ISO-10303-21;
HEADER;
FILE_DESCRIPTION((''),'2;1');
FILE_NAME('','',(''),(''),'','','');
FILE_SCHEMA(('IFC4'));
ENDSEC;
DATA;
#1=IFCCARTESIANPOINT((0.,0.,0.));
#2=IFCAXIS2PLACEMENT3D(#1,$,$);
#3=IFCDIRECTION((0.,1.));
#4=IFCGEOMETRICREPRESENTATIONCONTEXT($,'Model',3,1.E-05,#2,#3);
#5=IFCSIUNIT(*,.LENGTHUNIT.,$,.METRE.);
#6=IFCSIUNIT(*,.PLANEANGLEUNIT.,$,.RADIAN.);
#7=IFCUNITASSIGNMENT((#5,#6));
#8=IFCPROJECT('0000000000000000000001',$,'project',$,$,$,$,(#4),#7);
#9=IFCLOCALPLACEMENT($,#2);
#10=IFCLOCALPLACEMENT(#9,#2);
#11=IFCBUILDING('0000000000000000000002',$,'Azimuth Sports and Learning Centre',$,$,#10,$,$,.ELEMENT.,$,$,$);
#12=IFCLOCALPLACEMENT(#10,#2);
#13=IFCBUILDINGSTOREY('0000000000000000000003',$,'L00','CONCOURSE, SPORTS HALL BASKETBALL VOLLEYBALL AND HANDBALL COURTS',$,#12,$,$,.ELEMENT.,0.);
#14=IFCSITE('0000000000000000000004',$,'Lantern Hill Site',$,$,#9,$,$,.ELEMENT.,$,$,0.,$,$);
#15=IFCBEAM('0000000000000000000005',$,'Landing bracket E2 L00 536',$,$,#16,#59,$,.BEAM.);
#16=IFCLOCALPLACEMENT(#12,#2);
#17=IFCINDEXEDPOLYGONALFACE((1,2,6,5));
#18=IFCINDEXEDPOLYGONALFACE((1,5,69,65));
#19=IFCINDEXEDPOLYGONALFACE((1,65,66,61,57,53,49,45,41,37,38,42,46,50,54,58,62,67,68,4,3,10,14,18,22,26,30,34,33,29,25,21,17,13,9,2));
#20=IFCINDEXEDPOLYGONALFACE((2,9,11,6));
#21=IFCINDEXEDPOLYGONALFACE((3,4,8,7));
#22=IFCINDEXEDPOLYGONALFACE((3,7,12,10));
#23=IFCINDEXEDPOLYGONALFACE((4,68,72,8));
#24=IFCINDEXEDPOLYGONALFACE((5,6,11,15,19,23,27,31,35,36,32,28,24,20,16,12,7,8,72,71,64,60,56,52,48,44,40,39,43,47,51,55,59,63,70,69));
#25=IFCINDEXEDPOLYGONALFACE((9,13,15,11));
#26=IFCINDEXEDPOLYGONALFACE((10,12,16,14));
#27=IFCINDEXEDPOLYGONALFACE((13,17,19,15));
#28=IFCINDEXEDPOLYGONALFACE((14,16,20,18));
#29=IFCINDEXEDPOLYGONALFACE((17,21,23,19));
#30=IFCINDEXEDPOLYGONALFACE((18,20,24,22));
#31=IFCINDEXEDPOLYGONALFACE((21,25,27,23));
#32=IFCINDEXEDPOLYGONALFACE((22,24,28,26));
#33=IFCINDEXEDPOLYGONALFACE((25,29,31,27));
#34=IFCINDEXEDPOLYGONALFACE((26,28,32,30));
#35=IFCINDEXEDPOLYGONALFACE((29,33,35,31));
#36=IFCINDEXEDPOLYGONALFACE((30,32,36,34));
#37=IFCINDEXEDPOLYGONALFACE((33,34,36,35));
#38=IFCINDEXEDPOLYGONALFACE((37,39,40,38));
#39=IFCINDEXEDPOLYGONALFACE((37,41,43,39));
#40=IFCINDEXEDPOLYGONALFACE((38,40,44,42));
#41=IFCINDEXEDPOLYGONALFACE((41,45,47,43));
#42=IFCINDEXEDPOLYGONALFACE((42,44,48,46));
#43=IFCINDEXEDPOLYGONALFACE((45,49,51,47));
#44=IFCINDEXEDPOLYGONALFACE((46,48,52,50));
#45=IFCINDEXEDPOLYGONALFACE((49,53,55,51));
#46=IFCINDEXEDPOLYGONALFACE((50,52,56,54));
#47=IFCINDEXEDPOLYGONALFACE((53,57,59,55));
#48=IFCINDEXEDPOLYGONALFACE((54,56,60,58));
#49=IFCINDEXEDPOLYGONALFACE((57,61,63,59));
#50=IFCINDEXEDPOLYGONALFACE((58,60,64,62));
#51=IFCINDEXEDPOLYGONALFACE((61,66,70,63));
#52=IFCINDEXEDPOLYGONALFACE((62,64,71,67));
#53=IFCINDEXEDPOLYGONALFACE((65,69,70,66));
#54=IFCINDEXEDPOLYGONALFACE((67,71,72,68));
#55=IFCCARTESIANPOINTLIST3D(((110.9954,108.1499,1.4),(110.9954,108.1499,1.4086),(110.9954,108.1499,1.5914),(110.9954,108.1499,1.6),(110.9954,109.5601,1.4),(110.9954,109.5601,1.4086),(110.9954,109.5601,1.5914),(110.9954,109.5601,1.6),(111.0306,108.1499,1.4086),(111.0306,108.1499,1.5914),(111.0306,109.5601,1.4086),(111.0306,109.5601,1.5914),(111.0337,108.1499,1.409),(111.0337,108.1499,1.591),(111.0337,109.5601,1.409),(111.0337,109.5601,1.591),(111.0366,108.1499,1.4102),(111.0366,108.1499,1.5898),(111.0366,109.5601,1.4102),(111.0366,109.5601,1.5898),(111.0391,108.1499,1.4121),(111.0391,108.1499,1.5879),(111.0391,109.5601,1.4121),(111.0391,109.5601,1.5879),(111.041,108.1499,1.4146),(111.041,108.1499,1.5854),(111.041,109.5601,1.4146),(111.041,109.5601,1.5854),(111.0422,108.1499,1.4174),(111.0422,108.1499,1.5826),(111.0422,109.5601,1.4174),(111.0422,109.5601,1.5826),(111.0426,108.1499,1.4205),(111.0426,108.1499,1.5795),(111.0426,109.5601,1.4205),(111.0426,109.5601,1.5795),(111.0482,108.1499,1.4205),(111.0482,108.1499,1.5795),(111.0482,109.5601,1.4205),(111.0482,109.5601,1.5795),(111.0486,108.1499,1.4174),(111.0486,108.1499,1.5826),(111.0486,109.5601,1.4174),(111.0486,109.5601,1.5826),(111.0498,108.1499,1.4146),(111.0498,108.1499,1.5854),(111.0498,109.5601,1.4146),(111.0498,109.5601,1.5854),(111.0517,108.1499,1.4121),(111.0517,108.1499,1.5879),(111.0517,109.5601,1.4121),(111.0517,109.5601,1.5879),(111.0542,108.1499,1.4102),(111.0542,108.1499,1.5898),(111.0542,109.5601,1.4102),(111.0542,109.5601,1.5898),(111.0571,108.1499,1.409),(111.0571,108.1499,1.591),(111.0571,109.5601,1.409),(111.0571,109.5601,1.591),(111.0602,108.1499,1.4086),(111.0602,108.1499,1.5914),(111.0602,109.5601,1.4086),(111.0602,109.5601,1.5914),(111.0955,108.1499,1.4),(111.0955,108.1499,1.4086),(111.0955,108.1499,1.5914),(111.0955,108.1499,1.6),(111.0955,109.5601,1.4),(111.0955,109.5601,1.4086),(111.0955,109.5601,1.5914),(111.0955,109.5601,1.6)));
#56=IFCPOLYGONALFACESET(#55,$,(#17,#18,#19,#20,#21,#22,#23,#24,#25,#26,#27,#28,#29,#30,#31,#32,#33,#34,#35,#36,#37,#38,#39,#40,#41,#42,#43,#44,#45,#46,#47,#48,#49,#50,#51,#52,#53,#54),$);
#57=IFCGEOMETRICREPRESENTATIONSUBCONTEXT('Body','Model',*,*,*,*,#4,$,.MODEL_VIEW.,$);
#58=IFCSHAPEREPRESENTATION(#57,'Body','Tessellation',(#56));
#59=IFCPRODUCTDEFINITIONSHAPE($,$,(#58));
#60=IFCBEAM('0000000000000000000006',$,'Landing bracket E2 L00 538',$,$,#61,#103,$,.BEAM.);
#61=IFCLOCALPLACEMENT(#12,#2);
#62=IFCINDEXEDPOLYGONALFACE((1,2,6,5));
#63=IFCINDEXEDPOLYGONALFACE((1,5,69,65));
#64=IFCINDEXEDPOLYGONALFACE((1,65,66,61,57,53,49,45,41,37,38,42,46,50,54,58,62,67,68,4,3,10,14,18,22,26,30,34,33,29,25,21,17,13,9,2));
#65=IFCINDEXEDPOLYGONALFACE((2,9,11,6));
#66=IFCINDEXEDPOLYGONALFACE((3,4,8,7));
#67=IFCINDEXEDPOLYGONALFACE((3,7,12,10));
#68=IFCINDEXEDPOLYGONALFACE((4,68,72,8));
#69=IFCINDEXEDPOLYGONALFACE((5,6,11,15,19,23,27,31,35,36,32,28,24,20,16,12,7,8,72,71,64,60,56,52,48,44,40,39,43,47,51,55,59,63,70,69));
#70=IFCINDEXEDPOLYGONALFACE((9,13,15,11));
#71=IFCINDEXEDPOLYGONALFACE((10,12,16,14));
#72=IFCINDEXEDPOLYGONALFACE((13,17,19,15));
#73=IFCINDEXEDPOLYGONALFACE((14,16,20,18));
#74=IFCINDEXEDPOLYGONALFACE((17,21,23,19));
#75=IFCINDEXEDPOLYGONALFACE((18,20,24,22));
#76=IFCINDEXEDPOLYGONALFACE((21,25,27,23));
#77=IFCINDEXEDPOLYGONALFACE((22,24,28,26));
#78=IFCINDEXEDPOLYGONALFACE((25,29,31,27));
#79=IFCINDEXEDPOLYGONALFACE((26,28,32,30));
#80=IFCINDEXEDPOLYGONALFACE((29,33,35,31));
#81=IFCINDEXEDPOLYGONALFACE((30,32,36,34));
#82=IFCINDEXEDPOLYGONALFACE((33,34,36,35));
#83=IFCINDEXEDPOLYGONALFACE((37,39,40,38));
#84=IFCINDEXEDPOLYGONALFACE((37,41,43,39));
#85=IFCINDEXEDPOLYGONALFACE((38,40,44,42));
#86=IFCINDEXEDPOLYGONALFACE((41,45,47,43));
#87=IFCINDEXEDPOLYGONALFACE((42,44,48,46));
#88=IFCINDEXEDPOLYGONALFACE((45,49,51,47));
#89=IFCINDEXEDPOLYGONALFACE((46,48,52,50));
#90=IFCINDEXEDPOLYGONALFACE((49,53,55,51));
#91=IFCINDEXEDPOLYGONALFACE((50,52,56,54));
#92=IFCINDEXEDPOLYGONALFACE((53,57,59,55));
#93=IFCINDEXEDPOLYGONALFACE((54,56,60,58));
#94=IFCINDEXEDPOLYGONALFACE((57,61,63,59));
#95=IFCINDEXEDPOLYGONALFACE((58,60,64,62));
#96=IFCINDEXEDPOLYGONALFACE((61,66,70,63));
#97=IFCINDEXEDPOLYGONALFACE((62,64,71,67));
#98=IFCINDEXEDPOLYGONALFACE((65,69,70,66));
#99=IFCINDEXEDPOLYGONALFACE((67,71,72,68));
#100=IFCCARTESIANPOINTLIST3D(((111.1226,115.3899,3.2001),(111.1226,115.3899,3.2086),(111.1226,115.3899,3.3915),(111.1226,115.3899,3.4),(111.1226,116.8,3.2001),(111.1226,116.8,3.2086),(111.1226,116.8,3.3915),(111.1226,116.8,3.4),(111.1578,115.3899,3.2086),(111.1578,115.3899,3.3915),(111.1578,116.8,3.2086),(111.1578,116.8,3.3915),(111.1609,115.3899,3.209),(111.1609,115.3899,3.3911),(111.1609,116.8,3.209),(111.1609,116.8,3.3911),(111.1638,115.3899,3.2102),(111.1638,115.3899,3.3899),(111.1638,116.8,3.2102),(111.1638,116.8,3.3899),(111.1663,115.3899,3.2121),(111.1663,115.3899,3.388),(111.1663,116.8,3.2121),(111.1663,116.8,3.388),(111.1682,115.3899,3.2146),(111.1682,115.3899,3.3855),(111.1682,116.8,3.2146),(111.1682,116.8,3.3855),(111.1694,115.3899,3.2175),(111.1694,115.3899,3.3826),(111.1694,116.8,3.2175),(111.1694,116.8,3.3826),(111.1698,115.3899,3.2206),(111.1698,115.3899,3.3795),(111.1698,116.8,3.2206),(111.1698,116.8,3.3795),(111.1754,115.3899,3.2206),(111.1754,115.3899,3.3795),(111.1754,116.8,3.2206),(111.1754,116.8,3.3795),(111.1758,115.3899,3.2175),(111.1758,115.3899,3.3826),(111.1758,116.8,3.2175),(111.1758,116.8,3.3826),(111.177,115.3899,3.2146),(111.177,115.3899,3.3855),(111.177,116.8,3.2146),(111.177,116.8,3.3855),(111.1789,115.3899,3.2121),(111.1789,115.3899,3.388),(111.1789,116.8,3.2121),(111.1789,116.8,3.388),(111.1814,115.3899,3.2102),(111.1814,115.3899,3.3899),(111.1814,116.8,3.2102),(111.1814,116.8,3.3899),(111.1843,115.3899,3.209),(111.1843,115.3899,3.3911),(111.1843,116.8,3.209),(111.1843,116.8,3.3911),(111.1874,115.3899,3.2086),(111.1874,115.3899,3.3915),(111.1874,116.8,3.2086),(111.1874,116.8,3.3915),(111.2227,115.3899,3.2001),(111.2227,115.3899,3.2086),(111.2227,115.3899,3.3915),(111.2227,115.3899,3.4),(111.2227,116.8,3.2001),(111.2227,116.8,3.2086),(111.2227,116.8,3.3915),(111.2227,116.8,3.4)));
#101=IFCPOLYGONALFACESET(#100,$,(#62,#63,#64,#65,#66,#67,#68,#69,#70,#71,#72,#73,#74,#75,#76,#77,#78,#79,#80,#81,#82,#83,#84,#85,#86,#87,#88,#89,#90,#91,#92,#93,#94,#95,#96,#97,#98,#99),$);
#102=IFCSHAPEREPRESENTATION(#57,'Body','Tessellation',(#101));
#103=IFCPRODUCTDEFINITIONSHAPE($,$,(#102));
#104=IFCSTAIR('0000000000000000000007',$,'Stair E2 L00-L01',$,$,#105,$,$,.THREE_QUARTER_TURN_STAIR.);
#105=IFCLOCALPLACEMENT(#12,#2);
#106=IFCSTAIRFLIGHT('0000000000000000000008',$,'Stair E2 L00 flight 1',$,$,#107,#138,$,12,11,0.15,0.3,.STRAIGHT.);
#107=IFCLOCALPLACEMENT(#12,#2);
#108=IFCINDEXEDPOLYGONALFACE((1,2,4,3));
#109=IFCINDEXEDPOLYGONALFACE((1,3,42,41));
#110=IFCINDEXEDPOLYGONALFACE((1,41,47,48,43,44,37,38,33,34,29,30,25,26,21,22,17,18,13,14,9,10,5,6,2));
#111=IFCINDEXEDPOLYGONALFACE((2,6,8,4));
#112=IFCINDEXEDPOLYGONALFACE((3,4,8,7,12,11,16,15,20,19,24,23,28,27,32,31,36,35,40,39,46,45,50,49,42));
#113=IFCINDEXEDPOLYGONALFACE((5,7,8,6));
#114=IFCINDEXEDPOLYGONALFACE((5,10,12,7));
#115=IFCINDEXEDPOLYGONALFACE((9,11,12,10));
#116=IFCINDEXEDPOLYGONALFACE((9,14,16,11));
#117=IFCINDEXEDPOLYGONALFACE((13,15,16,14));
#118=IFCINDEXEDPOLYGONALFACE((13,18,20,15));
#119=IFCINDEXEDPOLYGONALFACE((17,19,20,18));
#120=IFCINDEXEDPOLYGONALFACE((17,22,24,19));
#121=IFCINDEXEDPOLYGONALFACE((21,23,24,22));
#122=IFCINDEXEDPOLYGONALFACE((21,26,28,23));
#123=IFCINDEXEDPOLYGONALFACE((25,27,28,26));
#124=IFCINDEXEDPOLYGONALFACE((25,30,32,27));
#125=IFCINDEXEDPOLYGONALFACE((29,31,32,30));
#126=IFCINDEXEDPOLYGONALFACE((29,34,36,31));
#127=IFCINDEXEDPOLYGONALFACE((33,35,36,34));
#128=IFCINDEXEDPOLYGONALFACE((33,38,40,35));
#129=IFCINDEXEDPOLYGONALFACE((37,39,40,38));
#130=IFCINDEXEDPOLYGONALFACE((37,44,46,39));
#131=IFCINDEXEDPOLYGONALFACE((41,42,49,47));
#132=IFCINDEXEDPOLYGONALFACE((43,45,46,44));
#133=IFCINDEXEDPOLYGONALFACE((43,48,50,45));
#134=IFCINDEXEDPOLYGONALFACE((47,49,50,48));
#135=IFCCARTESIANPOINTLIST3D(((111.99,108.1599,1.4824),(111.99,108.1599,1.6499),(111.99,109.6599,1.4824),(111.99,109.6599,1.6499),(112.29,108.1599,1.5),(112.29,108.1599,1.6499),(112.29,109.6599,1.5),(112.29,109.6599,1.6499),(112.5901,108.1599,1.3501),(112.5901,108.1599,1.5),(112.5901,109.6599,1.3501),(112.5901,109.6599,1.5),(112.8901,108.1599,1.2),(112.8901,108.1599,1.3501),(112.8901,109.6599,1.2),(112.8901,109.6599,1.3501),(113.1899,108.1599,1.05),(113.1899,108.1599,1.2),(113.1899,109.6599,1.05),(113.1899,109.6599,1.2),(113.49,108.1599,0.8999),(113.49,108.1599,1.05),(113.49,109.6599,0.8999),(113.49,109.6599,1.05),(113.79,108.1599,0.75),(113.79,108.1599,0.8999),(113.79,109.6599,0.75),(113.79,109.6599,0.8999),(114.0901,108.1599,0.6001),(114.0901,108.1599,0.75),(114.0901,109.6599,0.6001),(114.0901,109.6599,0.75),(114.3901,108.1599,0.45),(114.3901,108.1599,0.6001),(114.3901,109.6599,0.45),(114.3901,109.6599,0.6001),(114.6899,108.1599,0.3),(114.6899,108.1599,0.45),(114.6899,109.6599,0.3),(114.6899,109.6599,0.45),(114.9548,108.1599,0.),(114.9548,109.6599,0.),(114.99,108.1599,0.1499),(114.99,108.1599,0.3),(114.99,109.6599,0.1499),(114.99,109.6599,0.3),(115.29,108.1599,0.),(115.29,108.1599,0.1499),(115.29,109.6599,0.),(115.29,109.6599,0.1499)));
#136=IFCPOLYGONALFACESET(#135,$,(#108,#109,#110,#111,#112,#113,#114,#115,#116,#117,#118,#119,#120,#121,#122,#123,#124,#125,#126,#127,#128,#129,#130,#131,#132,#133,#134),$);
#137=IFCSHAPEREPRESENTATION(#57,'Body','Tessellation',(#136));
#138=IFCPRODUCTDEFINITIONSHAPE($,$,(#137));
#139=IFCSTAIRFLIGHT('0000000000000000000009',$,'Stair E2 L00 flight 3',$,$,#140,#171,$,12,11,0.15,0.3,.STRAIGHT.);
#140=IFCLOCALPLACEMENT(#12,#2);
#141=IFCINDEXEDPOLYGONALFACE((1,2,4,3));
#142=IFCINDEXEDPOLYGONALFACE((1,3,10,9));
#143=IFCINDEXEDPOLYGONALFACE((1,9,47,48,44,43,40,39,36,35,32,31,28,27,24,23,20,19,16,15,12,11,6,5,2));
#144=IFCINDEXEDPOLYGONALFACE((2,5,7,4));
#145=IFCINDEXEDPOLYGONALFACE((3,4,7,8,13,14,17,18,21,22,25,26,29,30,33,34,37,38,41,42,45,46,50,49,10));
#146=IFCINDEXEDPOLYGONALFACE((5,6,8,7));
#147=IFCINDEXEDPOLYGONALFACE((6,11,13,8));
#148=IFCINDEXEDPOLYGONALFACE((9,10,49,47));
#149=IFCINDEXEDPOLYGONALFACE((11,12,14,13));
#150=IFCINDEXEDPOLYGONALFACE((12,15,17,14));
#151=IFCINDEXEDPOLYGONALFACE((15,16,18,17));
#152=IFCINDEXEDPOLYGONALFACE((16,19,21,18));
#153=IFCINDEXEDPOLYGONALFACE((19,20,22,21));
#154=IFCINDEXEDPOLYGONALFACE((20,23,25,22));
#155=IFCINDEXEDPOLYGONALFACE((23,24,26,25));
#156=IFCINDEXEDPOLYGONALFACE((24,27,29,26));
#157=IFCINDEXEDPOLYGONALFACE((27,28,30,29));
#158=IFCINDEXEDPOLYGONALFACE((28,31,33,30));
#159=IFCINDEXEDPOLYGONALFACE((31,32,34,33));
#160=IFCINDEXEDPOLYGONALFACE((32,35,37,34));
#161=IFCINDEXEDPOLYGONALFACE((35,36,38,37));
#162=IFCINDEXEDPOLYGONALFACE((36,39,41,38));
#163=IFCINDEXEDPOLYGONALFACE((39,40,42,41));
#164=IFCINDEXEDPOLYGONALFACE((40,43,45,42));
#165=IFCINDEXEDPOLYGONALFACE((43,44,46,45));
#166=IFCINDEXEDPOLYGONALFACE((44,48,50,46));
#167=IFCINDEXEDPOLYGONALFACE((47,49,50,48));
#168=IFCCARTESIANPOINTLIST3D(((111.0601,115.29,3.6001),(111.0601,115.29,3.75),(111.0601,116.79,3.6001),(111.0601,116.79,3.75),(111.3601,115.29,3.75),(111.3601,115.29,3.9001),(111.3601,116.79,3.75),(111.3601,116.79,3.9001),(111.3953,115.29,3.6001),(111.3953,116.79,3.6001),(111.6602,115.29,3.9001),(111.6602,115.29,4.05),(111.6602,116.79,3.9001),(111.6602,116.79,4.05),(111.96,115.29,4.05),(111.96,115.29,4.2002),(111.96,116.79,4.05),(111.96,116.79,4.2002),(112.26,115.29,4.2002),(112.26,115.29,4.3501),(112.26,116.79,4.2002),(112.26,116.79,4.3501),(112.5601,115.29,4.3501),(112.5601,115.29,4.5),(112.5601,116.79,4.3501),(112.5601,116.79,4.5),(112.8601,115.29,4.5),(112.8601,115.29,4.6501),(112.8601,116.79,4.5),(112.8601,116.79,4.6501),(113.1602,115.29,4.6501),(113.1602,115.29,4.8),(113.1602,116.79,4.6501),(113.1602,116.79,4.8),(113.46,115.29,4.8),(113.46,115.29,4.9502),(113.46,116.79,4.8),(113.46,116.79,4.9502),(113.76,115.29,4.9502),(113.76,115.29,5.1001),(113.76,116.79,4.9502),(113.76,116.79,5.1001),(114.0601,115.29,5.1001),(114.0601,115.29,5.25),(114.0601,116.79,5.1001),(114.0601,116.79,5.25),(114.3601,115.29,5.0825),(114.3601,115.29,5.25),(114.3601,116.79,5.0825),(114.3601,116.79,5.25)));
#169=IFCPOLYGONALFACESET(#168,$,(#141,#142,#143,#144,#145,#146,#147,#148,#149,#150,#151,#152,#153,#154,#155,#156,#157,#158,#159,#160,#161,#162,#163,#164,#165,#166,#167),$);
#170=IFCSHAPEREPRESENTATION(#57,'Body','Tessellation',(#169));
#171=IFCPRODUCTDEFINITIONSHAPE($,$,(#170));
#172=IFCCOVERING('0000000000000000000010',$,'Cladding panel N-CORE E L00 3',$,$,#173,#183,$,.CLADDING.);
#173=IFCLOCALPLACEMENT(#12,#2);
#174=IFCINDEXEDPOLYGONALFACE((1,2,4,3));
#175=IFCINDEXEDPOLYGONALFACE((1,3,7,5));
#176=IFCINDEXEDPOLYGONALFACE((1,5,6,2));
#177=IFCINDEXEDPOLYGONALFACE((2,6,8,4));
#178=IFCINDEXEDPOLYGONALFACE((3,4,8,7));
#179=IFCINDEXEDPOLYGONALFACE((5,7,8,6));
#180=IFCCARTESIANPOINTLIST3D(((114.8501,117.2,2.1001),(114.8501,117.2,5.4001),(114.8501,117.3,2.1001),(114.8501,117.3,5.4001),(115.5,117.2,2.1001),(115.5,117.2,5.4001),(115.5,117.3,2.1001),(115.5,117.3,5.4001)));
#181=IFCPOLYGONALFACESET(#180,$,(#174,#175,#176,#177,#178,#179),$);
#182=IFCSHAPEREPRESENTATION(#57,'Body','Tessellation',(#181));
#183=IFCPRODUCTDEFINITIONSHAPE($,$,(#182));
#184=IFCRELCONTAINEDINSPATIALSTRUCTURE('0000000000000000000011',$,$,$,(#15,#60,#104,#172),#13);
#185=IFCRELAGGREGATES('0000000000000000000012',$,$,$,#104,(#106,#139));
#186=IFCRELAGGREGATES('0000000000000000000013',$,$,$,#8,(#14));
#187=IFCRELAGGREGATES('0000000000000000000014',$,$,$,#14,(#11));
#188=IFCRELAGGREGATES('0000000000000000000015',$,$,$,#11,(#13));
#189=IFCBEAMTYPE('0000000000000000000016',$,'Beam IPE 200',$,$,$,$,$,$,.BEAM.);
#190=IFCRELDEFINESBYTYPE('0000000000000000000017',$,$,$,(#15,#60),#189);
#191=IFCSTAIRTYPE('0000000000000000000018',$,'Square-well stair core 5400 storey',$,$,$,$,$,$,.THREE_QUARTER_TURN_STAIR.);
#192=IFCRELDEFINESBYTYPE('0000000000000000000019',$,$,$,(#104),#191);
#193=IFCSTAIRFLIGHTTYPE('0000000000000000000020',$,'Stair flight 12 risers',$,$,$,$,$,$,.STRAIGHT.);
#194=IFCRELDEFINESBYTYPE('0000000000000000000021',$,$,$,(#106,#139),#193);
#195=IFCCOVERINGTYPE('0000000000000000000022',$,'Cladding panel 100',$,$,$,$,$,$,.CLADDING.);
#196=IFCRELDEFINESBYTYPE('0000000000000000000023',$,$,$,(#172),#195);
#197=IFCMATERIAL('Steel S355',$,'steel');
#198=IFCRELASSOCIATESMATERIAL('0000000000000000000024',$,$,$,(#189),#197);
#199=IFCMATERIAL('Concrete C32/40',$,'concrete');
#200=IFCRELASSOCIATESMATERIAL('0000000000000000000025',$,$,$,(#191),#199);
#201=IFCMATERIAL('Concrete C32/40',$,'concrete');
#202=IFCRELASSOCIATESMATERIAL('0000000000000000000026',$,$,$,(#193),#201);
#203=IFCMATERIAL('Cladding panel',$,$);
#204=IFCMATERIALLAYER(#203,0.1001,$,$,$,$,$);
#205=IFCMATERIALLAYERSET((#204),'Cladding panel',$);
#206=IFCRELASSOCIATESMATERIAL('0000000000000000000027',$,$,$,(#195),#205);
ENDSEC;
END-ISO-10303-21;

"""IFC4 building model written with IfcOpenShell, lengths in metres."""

from ifc_helpers import new_model, si_unit, direction, frame, origin, origin_2d, place, context, subcontext, project, spatial, polyline, rectangle, i_section, outline, extrude, material, layer, layer_set, material_profile, profile_set, type_object, element, aggregate, save


model = new_model("IFC4")

# Units and contexts
model_context = context("Model", 3, precision=1e-05, world=origin(), true_north=direction((0.0, 1.0)))
body_context = subcontext(model_context, "Body", "Model", "MODEL_VIEW")
ifc_project = project(units=[si_unit("LENGTHUNIT", "METRE"), si_unit("PLANEANGLEUNIT", "RADIAN")], contexts=[model_context])

# Site, building, storey
site_placement = place(None, origin())
site = spatial("IfcSite", under=ifc_project, at=site_placement, Name="Lantern Hill Site", CompositionType="ELEMENT", RefElevation=0.0)
building_placement = place(site_placement, origin())
building = spatial("IfcBuilding", under=site, at=building_placement, Name="Azimuth Sports and Learning Centre", CompositionType="ELEMENT")
storey_placement = place(building_placement, origin())
storey = spatial("IfcBuildingStorey", under=building, at=storey_placement, Name="L00", Description="CONCOURSE, SPORTS HALL BASKETBALL VOLLEYBALL AND HANDBALL COURTS", CompositionType="ELEMENT", Elevation=0.0)

# Beams
ifc_material_1 = material(Name="Steel S355", Category="steel")
ifc_material_profile_1 = material_profile(ifc_material_1, i_section(OverallWidth=0.1001, OverallDepth=0.2, WebThickness=0.0056, FlangeThickness=0.0085, FilletRadius=0.012, at=origin_2d()), Name="IPE 200")
ifc_profile_set_1 = profile_set([ifc_material_profile_1], Name="Steel S355")
beam_type = type_object("IfcBeamType", Name="Beam IPE 200", PredefinedType="BEAM", material=ifc_profile_set_1)
for number, where, z_axis, x_axis, name in (
    (1, (111.0454, 108.1499, 1.5), (0.0, 1.0, 0.0), (-1.0, 0.0, 0.0), "Landing bracket E2 L00 536"),
    (2, (111.1726, 116.8, 3.3), (0.0, -1.0, 0.0), (1.0, 0.0, 0.0), "Landing bracket E2 L00 538"),
):
    element("IfcBeam", number, at=place(storey_placement, frame(where, z_axis=z_axis, x_axis=x_axis)), inside=storey, type_object=beam_type, Name=name, PredefinedType="BEAM", context=body_context, shape_type="SweptSolid", body=[
        extrude(i_section(OverallWidth=0.1001, OverallDepth=0.2, WebThickness=0.0056, FlangeThickness=0.0085, FilletRadius=0.012, at=origin_2d()), origin(), (0.0, 0.0, 1.0), 1.4102),
    ])

# Stair, stair flights
ifc_material_2 = material(Name="Concrete C32/40", Category="concrete")
stair_type = type_object("IfcStairType", Name="Square-well stair core 5400 storey", PredefinedType="THREE_QUARTER_TURN_STAIR", material=ifc_material_2)
stair_placement = place(storey_placement, origin())
stair = element("IfcStair", 3, at=stair_placement, inside=storey, type_object=stair_type, Name="Stair E2 L00-L01", PredefinedType="THREE_QUARTER_TURN_STAIR")
ifc_material_3 = material(Name="Concrete C32/40", Category="concrete")
stair_flight_type = type_object("IfcStairFlightType", Name="Stair flight 12 risers", PredefinedType="STRAIGHT", material=ifc_material_3)
stair_flight_1_placement = place(storey_placement, frame((115.29, 108.9099, 0.0), z_axis=(0.0, 0.0, 1.0), x_axis=(-1.0, 0.0, 0.0)))
stair_flight_1 = element("IfcStairFlight", 4, at=stair_flight_1_placement, type_object=stair_flight_type, Name="Stair E2 L00 flight 1", NumberOfRisers=12, NumberOfTreads=11, PredefinedType="STRAIGHT", RiserHeight=0.15, TreadLength=0.3, context=body_context, shape_type="SweptSolid", body=[
    extrude(outline(polyline([(0.0, 0.0), (0.0, 0.1499), (0.3, 0.1499), (0.3, 0.3), (0.6001, 0.3), (0.6001, 0.45), (0.8999, 0.45), (0.8999, 0.6001), (1.2, 0.6001), (1.2, 0.75), (1.5, 0.75), (1.5, 0.8999), (1.8, 0.8999), (1.8, 1.05), (2.1001, 1.05), (2.1001, 1.2), (2.3999, 1.2), (2.3999, 1.3501), (2.7, 1.3501), (2.7, 1.5), (3.0, 1.5), (3.0, 1.6499), (3.3, 1.6499), (3.3, 1.8), (3.3, 1.4824), (0.3352, 0.0), (0.0, 0.0)])), frame((0.0, 0.75, 0.0), z_axis=(0.0, -1.0, 0.0), x_axis=(1.0, 0.0, 0.0)), (0.0, 0.0, 1.0), 1.5),
])
stair_flight_2_placement = place(storey_placement, frame((111.0601, 116.04, 3.6001), z_axis=(0.0, 0.0, 1.0), x_axis=(1.0, 0.0, 0.0)))
stair_flight_2 = element("IfcStairFlight", 5, at=stair_flight_2_placement, type_object=stair_flight_type, Name="Stair E2 L00 flight 3", NumberOfRisers=12, NumberOfTreads=11, PredefinedType="STRAIGHT", RiserHeight=0.15, TreadLength=0.3, context=body_context, shape_type="SweptSolid", body=[
    extrude(outline(polyline([(0.0, 0.0), (0.0, 0.1499), (0.3, 0.1499), (0.3, 0.3), (0.6001, 0.3), (0.6001, 0.45), (0.8999, 0.45), (0.8999, 0.6001), (1.2, 0.6001), (1.2, 0.75), (1.5, 0.75), (1.5, 0.8999), (1.8, 0.8999), (1.8, 1.05), (2.1001, 1.05), (2.1001, 1.2), (2.3999, 1.2), (2.3999, 1.3501), (2.7, 1.3501), (2.7, 1.5), (3.0, 1.5), (3.0, 1.6499), (3.3, 1.6499), (3.3, 1.8), (3.3, 1.4824), (0.3352, 0.0), (0.0, 0.0)])), frame((0.0, 0.75, 0.0), z_axis=(0.0, -1.0, 0.0), x_axis=(1.0, 0.0, 0.0)), (0.0, 0.0, 1.0), 1.5),
])
aggregate(stair, [stair_flight_1, stair_flight_2])

# Covering
ifc_material_4 = material(Name="Cladding panel")
ifc_layer = layer(ifc_material_4, 0.1001)
ifc_layer_set = layer_set([ifc_layer], Name="Cladding panel")
covering_type = type_object("IfcCoveringType", Name="Cladding panel 100", PredefinedType="CLADDING", material=ifc_layer_set)
covering_1_placement = place(storey_placement, frame((115.175, 117.25, 2.1001), z_axis=(0.0, 0.0, 1.0), x_axis=(-1.0, 0.0, 0.0)))
element("IfcCovering", 6, at=covering_1_placement, inside=storey, type_object=covering_type, Name="Cladding panel N-CORE E L00 3", PredefinedType="CLADDING", context=body_context, shape_type="SweptSolid", body=[
    extrude(rectangle(XDim=0.6499, YDim=0.1001, at=origin_2d()), origin(), (0.0, 0.0, 1.0), 3.3),
])

save(model, "model.ifc")
